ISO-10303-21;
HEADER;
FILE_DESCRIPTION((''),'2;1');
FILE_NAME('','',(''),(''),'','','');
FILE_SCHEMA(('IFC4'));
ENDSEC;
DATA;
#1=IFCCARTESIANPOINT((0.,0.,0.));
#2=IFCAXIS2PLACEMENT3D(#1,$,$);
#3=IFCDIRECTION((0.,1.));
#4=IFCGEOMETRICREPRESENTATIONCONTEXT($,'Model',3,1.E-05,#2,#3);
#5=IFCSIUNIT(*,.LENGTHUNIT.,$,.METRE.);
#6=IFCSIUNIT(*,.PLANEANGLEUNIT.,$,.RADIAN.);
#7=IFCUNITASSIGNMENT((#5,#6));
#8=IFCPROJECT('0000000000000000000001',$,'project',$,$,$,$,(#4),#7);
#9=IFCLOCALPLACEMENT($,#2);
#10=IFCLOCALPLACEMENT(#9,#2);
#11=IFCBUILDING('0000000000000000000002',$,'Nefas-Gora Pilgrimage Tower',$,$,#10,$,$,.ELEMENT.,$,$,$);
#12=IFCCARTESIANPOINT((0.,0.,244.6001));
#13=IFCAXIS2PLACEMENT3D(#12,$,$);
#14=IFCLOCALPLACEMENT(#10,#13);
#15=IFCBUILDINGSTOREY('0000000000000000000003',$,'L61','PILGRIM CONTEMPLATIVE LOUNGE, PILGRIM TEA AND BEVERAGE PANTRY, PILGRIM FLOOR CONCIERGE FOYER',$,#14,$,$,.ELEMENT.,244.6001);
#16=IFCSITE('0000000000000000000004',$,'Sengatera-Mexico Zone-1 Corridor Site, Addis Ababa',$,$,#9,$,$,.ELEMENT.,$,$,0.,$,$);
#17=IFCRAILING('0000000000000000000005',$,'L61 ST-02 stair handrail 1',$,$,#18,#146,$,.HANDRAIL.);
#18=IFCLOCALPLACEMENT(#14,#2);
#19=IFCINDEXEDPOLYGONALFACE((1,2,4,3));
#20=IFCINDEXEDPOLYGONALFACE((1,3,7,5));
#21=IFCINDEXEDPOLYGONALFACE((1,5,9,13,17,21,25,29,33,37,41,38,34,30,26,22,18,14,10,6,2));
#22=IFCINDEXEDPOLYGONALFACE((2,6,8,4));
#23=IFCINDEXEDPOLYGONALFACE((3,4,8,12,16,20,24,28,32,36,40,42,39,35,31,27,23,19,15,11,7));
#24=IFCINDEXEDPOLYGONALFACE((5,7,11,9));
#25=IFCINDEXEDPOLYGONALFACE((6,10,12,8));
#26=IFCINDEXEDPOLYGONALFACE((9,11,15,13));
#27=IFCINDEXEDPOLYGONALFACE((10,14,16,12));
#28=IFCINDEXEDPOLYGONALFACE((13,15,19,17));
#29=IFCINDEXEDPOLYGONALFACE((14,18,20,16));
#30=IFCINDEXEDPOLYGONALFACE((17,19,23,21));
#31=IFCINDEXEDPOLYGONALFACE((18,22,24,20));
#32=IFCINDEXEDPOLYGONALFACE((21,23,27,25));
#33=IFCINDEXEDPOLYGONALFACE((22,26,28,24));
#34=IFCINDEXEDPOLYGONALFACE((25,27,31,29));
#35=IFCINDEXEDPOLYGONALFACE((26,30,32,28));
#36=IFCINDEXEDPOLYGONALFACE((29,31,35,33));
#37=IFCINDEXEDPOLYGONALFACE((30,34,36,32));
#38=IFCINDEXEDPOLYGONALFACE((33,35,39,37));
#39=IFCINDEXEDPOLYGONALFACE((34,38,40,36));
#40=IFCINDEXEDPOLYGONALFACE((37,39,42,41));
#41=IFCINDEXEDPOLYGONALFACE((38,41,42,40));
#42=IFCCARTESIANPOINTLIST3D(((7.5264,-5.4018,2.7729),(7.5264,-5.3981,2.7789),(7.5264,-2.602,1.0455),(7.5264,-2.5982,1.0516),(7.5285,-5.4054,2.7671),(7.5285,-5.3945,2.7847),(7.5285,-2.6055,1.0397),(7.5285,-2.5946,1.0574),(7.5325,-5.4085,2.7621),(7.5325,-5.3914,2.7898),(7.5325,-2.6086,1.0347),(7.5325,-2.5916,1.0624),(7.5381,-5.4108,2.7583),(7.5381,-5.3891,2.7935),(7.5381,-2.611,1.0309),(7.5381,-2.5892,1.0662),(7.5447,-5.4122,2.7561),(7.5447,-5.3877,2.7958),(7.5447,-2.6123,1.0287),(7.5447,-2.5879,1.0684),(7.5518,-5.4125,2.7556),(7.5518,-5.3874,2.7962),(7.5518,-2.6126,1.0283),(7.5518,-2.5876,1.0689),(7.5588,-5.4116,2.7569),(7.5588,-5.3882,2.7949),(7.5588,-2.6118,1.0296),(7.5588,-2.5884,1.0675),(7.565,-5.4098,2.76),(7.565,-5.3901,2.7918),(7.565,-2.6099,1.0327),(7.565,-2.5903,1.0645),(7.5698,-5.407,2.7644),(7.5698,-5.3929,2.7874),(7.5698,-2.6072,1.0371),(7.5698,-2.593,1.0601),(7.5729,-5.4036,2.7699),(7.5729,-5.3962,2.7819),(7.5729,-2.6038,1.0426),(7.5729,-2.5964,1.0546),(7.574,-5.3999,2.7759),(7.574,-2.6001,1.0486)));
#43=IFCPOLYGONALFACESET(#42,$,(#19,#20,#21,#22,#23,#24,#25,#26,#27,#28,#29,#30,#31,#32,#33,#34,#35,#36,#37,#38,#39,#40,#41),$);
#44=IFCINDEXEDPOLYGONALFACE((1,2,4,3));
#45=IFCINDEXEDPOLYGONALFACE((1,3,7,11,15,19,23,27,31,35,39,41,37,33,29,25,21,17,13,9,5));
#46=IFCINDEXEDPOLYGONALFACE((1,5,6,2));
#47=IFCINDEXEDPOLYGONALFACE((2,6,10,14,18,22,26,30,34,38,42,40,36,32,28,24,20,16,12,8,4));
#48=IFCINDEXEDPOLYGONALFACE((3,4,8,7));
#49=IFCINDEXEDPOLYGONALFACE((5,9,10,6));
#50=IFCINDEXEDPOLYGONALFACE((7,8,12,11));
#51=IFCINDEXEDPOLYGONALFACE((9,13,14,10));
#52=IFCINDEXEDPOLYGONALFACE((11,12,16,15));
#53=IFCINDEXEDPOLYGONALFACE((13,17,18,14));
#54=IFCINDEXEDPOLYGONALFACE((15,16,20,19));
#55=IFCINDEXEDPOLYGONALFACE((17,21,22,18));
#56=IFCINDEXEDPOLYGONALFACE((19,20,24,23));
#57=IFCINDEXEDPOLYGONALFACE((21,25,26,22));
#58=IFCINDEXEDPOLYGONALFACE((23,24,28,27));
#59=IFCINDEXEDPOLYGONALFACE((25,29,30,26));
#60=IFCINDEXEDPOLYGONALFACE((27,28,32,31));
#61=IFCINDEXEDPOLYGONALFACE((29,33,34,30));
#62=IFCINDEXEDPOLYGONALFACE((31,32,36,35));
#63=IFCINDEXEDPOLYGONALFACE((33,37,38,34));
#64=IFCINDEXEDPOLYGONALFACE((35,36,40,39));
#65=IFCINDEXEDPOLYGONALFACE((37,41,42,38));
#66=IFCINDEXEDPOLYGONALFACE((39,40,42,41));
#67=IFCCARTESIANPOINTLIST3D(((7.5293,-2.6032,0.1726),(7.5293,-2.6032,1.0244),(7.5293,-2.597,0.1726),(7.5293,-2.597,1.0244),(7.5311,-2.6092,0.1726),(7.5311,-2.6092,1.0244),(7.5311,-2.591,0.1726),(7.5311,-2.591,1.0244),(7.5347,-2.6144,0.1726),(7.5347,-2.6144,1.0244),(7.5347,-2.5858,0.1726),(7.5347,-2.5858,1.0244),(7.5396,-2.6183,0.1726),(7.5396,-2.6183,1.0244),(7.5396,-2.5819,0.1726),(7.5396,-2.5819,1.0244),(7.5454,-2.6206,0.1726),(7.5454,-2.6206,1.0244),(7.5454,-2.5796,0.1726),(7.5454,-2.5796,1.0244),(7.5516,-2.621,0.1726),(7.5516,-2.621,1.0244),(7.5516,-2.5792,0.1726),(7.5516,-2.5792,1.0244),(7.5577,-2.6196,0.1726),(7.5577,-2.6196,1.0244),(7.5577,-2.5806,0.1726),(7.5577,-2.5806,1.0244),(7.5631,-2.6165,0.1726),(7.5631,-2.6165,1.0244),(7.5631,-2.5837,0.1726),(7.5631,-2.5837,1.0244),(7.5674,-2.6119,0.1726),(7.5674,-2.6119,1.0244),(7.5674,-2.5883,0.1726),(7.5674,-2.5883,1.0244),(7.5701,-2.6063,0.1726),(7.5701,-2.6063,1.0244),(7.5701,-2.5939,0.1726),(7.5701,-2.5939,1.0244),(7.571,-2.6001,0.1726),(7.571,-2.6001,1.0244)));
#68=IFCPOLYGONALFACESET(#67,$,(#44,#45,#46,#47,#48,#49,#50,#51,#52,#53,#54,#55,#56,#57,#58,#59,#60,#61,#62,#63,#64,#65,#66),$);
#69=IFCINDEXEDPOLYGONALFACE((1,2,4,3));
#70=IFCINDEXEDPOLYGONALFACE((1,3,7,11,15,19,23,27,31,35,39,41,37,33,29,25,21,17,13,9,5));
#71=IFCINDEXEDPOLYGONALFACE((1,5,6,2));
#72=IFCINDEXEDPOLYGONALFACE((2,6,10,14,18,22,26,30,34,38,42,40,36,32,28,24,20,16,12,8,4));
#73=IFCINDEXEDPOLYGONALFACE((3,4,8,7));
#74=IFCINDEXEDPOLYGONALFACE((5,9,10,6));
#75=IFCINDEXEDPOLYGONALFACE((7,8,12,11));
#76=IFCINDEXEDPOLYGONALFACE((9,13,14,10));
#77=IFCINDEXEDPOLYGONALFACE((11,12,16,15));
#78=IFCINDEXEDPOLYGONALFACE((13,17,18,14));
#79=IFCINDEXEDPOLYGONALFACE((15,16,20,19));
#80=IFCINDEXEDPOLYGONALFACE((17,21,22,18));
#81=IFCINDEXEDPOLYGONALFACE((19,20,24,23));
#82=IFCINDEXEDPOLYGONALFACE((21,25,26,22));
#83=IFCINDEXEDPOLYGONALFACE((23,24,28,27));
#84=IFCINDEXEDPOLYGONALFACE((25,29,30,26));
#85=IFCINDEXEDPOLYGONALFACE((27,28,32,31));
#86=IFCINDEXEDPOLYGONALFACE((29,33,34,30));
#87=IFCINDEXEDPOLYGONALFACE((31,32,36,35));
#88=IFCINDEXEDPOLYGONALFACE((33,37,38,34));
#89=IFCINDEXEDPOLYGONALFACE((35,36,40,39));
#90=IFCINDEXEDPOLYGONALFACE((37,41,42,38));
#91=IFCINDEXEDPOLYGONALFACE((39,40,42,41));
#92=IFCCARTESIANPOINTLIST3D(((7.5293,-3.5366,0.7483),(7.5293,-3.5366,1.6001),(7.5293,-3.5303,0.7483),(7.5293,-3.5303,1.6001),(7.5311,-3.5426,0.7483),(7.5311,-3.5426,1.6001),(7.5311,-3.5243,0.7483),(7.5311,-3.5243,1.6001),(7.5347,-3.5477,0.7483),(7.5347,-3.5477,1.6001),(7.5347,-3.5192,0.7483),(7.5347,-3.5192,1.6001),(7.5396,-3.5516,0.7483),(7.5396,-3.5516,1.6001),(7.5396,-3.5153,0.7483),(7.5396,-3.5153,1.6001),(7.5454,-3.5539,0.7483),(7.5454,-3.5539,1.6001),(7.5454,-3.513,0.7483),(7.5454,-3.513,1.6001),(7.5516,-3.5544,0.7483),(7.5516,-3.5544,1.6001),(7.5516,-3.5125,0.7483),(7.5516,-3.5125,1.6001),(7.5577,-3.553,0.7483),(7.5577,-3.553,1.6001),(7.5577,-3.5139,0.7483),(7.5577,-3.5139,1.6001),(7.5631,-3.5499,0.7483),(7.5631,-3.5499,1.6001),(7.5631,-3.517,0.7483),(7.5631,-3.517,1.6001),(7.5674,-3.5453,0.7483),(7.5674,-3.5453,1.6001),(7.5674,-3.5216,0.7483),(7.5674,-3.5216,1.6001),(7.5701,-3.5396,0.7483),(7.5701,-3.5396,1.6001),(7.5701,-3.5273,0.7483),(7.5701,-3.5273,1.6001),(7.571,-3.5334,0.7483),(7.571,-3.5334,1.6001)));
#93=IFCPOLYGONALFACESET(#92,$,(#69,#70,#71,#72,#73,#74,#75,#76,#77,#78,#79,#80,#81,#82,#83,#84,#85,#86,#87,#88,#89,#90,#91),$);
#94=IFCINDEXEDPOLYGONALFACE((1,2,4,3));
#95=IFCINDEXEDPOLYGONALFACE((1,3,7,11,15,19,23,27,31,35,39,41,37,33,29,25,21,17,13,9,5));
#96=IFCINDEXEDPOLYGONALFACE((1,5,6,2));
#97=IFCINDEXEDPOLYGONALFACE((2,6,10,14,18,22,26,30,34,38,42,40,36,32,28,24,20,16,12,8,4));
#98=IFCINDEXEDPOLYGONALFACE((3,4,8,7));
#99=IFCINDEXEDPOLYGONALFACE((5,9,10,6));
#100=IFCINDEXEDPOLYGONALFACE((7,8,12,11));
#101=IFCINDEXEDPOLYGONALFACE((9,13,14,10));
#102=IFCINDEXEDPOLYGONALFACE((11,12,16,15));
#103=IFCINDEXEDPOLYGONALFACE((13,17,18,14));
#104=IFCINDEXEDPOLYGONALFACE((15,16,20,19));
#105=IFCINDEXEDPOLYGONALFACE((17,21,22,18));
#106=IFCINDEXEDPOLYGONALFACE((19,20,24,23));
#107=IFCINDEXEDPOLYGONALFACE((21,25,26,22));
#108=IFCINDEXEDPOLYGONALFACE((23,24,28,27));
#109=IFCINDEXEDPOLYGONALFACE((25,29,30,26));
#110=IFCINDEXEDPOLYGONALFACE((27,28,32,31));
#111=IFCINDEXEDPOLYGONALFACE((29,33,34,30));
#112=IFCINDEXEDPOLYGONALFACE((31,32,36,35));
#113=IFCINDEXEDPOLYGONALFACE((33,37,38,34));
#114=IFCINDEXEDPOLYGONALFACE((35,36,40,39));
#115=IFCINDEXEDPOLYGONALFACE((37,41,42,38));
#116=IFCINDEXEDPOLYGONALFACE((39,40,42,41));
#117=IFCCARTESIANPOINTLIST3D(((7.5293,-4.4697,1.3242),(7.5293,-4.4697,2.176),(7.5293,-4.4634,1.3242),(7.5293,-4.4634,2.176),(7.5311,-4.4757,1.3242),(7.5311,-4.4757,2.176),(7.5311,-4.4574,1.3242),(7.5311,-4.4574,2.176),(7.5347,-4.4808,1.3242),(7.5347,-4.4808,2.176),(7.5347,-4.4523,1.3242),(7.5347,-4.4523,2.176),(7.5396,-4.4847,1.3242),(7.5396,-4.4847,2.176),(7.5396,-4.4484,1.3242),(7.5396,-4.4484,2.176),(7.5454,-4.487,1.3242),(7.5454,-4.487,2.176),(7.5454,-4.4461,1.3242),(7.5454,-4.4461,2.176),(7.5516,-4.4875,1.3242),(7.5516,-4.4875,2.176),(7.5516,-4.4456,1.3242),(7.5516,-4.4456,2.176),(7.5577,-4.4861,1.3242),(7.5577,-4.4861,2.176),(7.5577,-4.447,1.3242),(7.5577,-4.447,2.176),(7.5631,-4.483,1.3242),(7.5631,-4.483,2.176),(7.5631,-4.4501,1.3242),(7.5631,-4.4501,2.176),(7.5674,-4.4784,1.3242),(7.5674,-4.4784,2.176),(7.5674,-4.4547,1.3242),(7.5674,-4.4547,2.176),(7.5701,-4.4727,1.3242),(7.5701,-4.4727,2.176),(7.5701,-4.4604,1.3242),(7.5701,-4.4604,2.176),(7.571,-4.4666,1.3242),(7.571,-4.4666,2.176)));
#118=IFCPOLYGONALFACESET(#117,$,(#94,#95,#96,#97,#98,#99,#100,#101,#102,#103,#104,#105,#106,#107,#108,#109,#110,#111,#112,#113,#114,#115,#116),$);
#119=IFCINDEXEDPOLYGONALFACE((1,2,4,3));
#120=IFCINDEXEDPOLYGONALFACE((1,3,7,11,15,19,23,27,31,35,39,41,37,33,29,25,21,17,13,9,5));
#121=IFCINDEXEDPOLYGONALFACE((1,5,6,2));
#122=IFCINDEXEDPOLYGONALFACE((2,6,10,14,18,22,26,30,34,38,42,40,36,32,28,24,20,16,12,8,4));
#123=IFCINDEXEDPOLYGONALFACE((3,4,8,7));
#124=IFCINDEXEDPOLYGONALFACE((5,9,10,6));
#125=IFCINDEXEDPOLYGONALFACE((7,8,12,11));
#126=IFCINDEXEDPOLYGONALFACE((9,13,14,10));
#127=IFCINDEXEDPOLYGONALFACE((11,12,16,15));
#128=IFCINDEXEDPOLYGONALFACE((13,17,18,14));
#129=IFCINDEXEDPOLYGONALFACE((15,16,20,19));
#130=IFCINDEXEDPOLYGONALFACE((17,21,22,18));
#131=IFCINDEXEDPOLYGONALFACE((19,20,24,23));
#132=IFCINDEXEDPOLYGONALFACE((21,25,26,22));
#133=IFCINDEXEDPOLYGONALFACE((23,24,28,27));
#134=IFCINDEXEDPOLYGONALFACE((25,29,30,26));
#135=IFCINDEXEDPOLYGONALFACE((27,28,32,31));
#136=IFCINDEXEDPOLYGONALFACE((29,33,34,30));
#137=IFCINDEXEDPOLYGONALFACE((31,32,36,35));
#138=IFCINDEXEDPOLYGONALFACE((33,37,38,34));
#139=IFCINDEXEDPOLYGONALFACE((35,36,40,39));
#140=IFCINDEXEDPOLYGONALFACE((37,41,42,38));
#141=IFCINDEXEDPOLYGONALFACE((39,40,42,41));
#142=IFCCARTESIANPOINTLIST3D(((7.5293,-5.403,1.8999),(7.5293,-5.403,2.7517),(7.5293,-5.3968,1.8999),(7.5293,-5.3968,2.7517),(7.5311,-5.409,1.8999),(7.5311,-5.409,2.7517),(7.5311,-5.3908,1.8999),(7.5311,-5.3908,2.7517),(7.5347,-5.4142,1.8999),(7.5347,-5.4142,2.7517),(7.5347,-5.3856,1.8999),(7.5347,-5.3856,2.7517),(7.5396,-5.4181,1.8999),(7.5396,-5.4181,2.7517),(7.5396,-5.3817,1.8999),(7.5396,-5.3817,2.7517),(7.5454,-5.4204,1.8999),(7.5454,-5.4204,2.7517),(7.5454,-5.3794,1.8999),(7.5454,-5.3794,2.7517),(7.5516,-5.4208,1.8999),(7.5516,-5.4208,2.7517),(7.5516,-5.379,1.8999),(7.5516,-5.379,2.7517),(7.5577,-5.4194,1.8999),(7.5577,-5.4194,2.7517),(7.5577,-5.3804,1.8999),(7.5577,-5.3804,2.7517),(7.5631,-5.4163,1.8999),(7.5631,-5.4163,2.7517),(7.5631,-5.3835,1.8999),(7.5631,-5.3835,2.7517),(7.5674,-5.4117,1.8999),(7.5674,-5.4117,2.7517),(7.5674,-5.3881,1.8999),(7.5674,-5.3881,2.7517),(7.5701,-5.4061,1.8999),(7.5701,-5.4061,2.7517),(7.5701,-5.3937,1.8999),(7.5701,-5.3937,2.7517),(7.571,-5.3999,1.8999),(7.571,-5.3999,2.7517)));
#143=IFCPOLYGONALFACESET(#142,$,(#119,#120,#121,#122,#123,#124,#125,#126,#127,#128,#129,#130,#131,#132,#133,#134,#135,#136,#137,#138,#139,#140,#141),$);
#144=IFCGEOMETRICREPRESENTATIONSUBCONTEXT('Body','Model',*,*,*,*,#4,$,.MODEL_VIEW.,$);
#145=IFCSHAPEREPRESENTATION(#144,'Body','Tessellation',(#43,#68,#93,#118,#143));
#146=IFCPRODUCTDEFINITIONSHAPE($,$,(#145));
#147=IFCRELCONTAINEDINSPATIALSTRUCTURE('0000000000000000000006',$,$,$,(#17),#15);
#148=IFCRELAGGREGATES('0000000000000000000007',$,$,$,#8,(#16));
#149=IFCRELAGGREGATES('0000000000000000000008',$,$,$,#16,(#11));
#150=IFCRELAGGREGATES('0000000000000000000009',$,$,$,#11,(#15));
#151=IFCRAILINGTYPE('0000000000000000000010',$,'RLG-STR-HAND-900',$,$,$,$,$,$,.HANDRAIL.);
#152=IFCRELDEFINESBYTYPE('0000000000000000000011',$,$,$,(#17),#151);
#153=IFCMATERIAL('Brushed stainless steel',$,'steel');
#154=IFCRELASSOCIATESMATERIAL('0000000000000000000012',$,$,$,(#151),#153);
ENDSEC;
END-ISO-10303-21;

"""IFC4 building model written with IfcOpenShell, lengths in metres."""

from ifc_helpers import new_model, si_unit, direction, frame, origin, origin_2d, place, context, subcontext, project, spatial, circle, extrude, material, type_object, element, save


model = new_model("IFC4")

# Units and contexts
model_context = context("Model", 3, precision=1e-05, world=origin(), true_north=direction((0.0, 1.0)))
body_context = subcontext(model_context, "Body", "Model", "MODEL_VIEW")
ifc_project = project(units=[si_unit("LENGTHUNIT", "METRE"), si_unit("PLANEANGLEUNIT", "RADIAN")], contexts=[model_context])

# Site, building, storey
site_placement = place(None, origin())
site = spatial("IfcSite", under=ifc_project, at=site_placement, Name="Sengatera-Mexico Zone-1 Corridor Site, Addis Ababa", CompositionType="ELEMENT", RefElevation=0.0)
building_placement = place(site_placement, origin())
building = spatial("IfcBuilding", under=site, at=building_placement, Name="Nefas-Gora Pilgrimage Tower", CompositionType="ELEMENT")
storey_placement = place(building_placement, frame((0.0, 0.0, 244.6001)))
storey = spatial("IfcBuildingStorey", under=building, at=storey_placement, Name="L61", Description="PILGRIM CONTEMPLATIVE LOUNGE, PILGRIM TEA AND BEVERAGE PANTRY, PILGRIM FLOOR CONCIERGE FOYER", CompositionType="ELEMENT", Elevation=244.6001)

# Railing
ifc_material_1 = material(Name="Brushed stainless steel", Category="steel")
railing_type_1 = type_object("IfcRailingType", Name="RLG-STR-HAND-900", PredefinedType="HANDRAIL", material=ifc_material_1)
railing_1_placement = place(storey_placement, frame((7.55, -2.6001, 0.1726)))
element("IfcRailing", 1, at=railing_1_placement, inside=storey, type_object=railing_type_1, Name="L61 ST-02 stair handrail 1", PredefinedType="HANDRAIL", context=body_context, shape_type="SweptSolid", body=[
    extrude(circle(Radius=0.0239, at=origin_2d()), frame((0.0, 0.0, 0.876), z_axis=(0.0, -0.851069, 0.525054), x_axis=(1.0, 0.0, 0.0)), (0.0, 0.0, 1.0), 3.2898),
    extrude(circle(Radius=0.021, at=origin_2d()), origin(), (0.0, 0.0, 1.0), 0.8518),
    extrude(circle(Radius=0.021, at=origin_2d()), frame((0.0, -0.9333, 0.5757)), (0.0, 0.0, 1.0), 0.8518),
    extrude(circle(Radius=0.021, at=origin_2d()), frame((0.0, -1.8665, 1.1516)), (0.0, 0.0, 1.0), 0.8518),
    extrude(circle(Radius=0.021, at=origin_2d()), frame((0.0, -2.7998, 1.7273)), (0.0, 0.0, 1.0), 0.8518),
])

save(model, "model.ifc")
